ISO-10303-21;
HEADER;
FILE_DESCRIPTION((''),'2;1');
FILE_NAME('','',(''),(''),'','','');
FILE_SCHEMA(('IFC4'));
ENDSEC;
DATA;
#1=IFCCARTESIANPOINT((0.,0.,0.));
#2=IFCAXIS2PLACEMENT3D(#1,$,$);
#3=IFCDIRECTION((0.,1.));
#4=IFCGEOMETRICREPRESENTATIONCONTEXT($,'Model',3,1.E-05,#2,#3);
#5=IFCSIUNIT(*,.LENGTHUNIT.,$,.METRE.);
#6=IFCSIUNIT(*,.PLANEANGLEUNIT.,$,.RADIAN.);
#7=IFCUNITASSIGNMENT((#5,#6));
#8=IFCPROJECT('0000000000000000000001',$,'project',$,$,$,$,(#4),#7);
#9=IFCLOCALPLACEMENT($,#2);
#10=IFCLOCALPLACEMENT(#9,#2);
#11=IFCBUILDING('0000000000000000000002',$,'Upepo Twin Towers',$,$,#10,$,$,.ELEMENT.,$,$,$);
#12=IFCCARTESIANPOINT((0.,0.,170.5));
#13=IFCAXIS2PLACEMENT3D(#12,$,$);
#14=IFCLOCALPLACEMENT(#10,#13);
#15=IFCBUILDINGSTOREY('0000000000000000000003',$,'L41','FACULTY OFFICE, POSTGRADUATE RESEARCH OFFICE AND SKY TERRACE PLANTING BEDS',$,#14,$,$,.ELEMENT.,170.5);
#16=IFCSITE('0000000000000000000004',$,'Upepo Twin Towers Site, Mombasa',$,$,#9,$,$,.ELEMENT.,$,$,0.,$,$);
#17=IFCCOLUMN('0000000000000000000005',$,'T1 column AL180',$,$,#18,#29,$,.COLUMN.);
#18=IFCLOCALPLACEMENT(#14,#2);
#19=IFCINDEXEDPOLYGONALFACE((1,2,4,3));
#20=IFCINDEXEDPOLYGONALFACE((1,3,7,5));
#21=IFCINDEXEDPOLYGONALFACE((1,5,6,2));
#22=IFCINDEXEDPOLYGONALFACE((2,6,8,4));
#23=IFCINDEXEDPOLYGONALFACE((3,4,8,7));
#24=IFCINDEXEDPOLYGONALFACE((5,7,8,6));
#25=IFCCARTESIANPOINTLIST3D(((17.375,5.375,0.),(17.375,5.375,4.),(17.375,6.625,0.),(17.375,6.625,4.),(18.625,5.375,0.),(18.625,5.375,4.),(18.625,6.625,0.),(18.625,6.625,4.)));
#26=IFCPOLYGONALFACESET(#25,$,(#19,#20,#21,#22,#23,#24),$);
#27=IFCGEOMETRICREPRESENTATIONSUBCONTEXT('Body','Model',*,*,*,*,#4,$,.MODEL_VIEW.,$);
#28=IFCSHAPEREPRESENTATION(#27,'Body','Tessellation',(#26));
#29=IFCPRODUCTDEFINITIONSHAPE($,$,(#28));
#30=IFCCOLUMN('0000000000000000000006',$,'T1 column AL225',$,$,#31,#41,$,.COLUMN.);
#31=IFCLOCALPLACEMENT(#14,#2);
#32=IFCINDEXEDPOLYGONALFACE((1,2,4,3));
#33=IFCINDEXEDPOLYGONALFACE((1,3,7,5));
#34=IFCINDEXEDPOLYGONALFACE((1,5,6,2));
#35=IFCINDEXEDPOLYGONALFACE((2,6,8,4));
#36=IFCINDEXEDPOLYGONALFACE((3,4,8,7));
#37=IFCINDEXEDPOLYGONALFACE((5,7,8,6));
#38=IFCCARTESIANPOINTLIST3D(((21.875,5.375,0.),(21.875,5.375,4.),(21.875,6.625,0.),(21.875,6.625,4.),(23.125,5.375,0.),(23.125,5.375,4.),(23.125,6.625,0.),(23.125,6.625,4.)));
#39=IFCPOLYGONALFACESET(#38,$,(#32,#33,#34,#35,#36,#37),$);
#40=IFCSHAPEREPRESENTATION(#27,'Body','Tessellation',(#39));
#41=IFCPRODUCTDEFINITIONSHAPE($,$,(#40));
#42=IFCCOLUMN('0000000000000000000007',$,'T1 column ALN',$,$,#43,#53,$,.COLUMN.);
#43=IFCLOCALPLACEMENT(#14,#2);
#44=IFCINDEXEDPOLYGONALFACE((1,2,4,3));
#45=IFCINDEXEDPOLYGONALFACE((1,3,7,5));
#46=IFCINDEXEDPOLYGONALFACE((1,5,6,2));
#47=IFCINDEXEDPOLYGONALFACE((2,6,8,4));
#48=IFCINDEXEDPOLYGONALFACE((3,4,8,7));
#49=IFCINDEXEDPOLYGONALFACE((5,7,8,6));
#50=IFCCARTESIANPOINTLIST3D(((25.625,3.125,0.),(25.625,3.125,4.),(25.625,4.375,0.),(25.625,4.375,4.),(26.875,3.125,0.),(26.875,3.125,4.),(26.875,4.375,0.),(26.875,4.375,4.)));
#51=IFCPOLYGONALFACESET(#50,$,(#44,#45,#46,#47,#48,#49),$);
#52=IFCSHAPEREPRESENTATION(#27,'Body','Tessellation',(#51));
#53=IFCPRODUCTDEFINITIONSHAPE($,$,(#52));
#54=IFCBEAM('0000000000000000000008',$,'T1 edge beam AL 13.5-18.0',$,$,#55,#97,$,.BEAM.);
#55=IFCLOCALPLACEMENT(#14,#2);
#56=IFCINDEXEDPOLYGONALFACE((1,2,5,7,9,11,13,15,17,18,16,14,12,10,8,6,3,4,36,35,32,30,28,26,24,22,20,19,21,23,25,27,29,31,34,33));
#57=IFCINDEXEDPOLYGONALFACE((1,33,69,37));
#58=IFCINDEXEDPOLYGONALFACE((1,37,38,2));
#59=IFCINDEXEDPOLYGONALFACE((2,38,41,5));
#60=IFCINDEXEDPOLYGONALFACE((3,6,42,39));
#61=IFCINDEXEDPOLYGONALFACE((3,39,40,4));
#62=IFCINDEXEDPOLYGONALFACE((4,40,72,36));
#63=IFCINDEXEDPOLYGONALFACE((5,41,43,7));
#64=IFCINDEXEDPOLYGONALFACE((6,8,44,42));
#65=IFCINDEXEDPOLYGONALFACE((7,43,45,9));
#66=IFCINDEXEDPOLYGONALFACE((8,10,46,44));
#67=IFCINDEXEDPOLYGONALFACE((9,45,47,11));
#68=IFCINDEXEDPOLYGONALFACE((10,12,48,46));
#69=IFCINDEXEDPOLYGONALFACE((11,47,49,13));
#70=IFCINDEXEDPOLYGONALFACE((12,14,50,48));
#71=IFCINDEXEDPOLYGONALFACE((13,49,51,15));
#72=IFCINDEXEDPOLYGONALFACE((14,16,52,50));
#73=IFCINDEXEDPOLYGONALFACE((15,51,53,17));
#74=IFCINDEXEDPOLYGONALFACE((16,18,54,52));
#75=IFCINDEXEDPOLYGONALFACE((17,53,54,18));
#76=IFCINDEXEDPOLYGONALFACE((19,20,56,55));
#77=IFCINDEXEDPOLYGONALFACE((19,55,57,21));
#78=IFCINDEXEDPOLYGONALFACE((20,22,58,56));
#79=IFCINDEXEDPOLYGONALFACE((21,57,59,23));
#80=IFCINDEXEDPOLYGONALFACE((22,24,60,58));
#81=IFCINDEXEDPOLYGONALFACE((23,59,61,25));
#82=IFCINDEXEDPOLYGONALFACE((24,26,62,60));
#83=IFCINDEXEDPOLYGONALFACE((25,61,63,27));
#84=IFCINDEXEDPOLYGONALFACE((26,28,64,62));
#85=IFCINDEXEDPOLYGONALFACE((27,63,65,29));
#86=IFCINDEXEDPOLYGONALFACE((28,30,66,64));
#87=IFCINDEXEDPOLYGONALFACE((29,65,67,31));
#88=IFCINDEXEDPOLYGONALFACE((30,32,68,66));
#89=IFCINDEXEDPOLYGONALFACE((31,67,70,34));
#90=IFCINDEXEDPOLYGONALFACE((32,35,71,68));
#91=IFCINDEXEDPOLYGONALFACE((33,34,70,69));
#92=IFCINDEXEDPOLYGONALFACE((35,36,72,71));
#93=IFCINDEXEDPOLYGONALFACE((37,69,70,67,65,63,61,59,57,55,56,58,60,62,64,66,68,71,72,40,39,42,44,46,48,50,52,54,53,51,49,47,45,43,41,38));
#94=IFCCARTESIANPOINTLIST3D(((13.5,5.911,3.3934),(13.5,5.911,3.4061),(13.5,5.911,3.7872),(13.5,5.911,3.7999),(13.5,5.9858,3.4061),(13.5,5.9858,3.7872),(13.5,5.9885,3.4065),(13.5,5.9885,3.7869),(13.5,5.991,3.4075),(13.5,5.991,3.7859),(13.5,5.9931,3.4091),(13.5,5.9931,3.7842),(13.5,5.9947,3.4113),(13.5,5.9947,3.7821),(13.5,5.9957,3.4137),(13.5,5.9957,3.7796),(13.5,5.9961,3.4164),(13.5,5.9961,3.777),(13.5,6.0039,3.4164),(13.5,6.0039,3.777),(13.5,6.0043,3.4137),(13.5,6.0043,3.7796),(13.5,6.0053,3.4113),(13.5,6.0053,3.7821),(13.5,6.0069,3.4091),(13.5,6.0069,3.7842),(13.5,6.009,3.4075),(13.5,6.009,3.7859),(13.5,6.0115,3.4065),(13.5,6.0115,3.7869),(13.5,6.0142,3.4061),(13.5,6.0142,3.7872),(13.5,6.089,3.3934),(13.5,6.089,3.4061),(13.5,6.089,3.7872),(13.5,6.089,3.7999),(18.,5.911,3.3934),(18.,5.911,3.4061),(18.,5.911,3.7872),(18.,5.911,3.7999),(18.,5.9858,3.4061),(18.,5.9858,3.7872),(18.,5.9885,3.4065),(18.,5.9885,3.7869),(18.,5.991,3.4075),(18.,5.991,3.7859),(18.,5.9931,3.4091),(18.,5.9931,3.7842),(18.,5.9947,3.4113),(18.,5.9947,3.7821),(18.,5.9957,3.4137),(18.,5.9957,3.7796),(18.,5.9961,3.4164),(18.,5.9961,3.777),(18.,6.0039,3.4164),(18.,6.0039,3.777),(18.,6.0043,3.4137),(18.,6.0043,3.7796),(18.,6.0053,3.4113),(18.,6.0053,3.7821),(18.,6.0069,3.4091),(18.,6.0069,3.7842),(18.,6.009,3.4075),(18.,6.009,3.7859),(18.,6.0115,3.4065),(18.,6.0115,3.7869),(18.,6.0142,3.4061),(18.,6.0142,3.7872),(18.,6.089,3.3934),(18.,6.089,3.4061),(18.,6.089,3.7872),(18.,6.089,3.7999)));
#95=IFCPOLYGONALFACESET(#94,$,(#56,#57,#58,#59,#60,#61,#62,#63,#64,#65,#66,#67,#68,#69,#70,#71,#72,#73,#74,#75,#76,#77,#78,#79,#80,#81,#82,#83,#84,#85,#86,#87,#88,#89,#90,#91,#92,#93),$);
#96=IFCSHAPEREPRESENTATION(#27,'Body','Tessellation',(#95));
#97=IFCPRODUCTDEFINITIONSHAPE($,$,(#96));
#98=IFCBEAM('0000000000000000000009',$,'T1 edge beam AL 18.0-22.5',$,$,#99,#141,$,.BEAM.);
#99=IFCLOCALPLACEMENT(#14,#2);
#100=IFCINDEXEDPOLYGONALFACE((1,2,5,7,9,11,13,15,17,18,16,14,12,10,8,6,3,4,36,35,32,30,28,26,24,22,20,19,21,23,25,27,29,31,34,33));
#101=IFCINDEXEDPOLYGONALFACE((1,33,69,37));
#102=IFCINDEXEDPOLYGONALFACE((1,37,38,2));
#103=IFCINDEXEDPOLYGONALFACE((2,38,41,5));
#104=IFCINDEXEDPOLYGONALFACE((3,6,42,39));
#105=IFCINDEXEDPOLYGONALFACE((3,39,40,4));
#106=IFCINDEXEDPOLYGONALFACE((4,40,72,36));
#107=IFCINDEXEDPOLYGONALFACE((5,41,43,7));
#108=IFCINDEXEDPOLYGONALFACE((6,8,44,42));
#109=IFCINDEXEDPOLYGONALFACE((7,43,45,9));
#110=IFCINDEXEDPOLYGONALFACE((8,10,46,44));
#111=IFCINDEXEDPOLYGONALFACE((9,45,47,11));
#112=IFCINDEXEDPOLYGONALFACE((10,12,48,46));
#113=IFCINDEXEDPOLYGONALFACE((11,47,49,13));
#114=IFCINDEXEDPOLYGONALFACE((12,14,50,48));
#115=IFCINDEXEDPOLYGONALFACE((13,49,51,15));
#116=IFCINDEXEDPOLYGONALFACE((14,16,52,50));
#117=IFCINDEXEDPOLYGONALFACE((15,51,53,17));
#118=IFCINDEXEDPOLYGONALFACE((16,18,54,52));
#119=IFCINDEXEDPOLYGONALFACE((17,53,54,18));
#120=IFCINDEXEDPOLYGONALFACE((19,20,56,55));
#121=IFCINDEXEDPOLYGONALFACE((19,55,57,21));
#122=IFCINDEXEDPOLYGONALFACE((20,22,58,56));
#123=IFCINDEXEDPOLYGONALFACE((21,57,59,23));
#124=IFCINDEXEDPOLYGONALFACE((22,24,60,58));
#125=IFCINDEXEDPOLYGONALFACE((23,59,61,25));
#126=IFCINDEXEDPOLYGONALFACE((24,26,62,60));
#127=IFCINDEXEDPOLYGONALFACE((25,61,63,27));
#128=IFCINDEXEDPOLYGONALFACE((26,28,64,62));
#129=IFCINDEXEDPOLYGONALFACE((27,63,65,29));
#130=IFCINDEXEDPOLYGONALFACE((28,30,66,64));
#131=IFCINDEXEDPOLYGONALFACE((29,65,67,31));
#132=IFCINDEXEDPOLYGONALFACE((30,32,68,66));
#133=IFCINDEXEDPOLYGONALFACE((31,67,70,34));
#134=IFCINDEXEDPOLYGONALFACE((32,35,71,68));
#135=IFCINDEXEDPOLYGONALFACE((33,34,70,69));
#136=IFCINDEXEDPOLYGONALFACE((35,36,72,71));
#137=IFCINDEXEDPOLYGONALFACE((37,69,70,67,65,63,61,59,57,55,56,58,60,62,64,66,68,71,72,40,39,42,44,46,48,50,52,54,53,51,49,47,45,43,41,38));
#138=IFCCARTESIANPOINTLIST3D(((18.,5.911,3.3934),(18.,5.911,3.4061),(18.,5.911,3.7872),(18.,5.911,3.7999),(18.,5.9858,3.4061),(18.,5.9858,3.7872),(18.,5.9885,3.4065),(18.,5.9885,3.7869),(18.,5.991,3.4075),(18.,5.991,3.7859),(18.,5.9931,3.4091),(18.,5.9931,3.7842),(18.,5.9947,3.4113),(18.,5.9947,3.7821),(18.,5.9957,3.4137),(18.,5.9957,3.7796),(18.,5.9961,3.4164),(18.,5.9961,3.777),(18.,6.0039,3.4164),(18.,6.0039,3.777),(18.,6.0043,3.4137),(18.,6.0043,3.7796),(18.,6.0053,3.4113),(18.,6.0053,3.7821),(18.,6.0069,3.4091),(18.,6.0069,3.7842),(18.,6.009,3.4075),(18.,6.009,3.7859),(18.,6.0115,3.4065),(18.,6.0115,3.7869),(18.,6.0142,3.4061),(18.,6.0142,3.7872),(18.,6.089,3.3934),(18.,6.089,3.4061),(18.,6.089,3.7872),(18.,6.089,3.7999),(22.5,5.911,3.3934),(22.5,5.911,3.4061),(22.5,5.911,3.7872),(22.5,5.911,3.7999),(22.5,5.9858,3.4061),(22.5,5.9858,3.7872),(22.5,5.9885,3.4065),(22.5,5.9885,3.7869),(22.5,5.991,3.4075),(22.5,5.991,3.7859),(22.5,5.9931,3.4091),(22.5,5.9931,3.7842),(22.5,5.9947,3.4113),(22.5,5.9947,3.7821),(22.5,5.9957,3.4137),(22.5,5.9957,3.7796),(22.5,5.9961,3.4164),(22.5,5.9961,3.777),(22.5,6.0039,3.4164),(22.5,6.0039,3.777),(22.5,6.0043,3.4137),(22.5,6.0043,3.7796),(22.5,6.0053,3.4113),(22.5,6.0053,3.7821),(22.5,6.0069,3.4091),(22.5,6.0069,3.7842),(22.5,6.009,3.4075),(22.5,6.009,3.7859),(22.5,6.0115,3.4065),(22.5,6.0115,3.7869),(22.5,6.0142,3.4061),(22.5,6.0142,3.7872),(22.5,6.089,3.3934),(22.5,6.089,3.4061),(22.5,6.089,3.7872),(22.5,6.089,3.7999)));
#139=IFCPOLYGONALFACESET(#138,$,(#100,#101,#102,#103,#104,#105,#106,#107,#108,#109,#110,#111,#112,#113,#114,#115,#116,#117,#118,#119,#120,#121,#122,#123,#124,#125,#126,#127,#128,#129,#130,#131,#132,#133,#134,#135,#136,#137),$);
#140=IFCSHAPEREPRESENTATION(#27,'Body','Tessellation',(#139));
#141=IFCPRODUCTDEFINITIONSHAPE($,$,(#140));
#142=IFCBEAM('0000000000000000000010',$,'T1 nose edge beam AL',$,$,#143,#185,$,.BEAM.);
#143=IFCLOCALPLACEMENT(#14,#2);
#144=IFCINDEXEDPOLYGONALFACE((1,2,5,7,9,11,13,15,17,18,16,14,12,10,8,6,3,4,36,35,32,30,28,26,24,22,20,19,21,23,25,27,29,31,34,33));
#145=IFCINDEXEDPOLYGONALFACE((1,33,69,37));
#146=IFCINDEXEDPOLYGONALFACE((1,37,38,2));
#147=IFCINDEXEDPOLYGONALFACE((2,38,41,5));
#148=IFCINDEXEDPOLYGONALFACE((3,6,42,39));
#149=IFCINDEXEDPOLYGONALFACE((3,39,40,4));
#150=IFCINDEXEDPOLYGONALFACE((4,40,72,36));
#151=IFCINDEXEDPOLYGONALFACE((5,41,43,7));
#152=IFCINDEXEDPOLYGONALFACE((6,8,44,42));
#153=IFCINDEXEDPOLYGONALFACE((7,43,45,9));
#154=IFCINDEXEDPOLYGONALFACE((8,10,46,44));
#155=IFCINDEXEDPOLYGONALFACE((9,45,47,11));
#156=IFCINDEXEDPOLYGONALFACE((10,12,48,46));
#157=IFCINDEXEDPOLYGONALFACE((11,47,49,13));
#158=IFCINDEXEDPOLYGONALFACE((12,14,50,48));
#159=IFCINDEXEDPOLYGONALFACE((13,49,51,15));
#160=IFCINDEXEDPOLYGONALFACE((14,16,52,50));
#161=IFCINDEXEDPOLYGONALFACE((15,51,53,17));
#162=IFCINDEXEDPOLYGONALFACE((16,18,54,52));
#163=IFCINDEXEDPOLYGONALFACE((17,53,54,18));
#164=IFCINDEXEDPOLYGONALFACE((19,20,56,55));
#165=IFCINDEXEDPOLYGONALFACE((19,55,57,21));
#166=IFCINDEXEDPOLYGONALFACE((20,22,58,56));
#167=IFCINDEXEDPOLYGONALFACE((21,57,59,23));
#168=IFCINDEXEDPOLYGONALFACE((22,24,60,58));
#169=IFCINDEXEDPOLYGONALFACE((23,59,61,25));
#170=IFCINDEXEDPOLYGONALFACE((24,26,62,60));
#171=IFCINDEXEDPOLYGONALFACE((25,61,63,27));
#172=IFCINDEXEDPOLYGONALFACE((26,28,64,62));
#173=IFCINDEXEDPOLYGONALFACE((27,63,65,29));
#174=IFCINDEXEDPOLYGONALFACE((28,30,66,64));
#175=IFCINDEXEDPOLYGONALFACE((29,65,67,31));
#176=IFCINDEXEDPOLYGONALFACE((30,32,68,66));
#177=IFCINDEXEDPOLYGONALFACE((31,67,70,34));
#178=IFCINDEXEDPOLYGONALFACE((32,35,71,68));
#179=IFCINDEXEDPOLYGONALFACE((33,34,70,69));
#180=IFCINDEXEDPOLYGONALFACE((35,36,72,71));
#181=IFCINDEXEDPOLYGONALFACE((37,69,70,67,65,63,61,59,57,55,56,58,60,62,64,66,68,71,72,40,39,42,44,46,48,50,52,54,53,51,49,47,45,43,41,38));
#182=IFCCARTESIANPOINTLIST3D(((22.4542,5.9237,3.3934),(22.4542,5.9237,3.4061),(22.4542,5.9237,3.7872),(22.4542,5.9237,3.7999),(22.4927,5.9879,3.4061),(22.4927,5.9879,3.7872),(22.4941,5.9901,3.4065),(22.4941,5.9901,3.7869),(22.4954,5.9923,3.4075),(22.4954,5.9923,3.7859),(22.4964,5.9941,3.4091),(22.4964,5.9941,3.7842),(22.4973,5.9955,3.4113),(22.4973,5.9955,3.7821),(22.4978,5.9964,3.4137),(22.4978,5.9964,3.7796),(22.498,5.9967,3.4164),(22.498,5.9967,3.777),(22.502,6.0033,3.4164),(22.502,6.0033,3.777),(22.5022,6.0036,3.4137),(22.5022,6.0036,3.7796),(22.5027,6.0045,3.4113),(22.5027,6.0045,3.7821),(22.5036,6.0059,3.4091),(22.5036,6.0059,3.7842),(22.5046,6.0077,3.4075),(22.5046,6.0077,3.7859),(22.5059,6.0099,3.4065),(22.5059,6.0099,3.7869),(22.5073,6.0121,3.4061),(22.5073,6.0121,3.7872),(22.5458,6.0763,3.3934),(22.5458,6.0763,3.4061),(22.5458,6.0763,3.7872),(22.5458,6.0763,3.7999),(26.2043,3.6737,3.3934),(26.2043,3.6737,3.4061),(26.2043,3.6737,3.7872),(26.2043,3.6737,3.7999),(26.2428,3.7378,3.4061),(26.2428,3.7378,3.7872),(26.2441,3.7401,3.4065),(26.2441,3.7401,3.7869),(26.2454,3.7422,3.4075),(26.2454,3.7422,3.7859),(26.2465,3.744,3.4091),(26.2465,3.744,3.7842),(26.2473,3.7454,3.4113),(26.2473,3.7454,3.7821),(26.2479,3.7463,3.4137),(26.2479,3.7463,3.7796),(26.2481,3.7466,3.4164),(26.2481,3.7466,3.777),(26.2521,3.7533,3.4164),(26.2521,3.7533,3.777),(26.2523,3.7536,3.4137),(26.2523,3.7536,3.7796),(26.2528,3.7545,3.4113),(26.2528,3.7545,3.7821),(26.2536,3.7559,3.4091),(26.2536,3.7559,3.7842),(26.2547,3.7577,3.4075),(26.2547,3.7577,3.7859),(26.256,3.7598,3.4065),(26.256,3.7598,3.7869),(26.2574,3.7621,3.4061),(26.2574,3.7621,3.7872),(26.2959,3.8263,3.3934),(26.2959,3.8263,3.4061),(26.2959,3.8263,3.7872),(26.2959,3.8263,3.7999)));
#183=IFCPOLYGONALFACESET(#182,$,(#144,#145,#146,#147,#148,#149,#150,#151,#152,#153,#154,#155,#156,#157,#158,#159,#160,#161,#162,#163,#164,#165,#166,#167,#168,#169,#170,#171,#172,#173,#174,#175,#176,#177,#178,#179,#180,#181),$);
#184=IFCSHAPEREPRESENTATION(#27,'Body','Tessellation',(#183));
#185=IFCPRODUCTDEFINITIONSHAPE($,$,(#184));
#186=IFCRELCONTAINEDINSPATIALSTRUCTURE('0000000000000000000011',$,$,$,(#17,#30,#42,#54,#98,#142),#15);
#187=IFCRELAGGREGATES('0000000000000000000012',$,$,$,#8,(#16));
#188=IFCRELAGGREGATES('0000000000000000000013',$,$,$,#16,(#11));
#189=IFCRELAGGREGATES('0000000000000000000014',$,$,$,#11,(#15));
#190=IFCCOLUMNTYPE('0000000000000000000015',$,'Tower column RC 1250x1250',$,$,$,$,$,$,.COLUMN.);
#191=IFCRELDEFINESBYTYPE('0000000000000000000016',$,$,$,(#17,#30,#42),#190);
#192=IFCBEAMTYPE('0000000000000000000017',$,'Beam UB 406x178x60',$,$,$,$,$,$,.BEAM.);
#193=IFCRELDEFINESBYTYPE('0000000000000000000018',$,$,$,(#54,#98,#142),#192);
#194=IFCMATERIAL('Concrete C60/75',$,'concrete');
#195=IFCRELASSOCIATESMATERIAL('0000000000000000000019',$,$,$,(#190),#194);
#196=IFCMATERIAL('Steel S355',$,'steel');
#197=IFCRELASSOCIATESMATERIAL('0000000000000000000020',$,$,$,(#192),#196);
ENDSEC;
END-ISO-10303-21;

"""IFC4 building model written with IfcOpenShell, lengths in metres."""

from ifc_helpers import new_model, si_unit, direction, frame, origin, origin_2d, place, context, subcontext, project, spatial, rectangle, i_section, extrude, material, material_profile, profile_set, type_object, element, save


model = new_model("IFC4")

# Units and contexts
model_context = context("Model", 3, precision=1e-05, world=origin(), true_north=direction((0.0, 1.0)))
body_context = subcontext(model_context, "Body", "Model", "MODEL_VIEW")
ifc_project = project(units=[si_unit("LENGTHUNIT", "METRE"), si_unit("PLANEANGLEUNIT", "RADIAN")], contexts=[model_context])

# Site, building, storey
site_placement = place(None, origin())
site = spatial("IfcSite", under=ifc_project, at=site_placement, Name="Upepo Twin Towers Site, Mombasa", CompositionType="ELEMENT", RefElevation=0.0)
building_placement = place(site_placement, origin())
building = spatial("IfcBuilding", under=site, at=building_placement, Name="Upepo Twin Towers", CompositionType="ELEMENT")
storey_placement = place(building_placement, frame((0.0, 0.0, 170.5)))
storey = spatial("IfcBuildingStorey", under=building, at=storey_placement, Name="L41", Description="FACULTY OFFICE, POSTGRADUATE RESEARCH OFFICE AND SKY TERRACE PLANTING BEDS", CompositionType="ELEMENT", Elevation=170.5)

# Columns
ifc_material_1 = material(Name="Concrete C60/75", Category="concrete")
ifc_material_profile_1 = material_profile(ifc_material_1, rectangle(XDim=1.25, YDim=1.25, at=origin_2d()), Name="RC 1250x1250")
ifc_profile_set_1 = profile_set([ifc_material_profile_1], Name="Concrete C60/75")
column_type = type_object("IfcColumnType", Name="Tower column RC 1250x1250", PredefinedType="COLUMN", material=ifc_profile_set_1)
for number, where, z_axis, x_axis, name in (
    (1, (18.0, 6.0, 0.0), (0.0, 0.0, 1.0), (1.0, 0.0, 0.0), "T1 column AL180"),
    (2, (22.5, 6.0, 0.0), (0.0, 0.0, 1.0), (1.0, 0.0, 0.0), "T1 column AL225"),
    (3, (26.25, 3.75, 0.0), (0.0, 0.0, 1.0), (1.0, 0.0, 0.0), "T1 column ALN"),
):
    element("IfcColumn", number, at=place(storey_placement, frame(where, z_axis=z_axis, x_axis=x_axis)), inside=storey, type_object=column_type, Name=name, PredefinedType="COLUMN", context=body_context, shape_type="SweptSolid", body=[
        extrude(rectangle(XDim=1.25, YDim=1.25, at=origin_2d()), origin(), (0.0, 0.0, 1.0), 4.0),
    ])

# Beams
ifc_material_2 = material(Name="Steel S355", Category="steel")
ifc_material_profile_2 = material_profile(ifc_material_2, i_section(OverallWidth=0.178, OverallDepth=0.4065, WebThickness=0.0078, FlangeThickness=0.0127, FilletRadius=0.0103, at=origin_2d()), Name="UB 406x178x60")
ifc_profile_set_2 = profile_set([ifc_material_profile_2], Name="Steel S355")
beam_type_1 = type_object("IfcBeamType", Name="Beam UB 406x178x60", PredefinedType="BEAM", material=ifc_profile_set_2)
for number, where, z_axis, x_axis, name in (
    (4, (13.5, 6.0, 3.5967), (1.0, 0.0, 0.0), (0.0, 1.0, 0.0), "T1 edge beam AL 13.5-18.0"),
    (5, (18.0, 6.0, 3.5967), (1.0, 0.0, 0.0), (0.0, 1.0, 0.0), "T1 edge beam AL 18.0-22.5"),
):
    element("IfcBeam", number, at=place(storey_placement, frame(where, z_axis=z_axis, x_axis=x_axis)), inside=storey, type_object=beam_type_1, Name=name, PredefinedType="BEAM", context=body_context, shape_type="SweptSolid", body=[
        extrude(i_section(OverallWidth=0.178, OverallDepth=0.4065, WebThickness=0.0078, FlangeThickness=0.0127, FilletRadius=0.0103, at=origin_2d()), origin(), (0.0, 0.0, 1.0), 4.5),
    ])
beam_1_placement = place(storey_placement, frame((22.5, 6.0, 3.5967), z_axis=(0.857493, -0.514496, 0.0), x_axis=(0.514496, 0.857493, 0.0)))
element("IfcBeam", 6, at=beam_1_placement, inside=storey, type_object=beam_type_1, Name="T1 nose edge beam AL", PredefinedType="BEAM", context=body_context, shape_type="SweptSolid", body=[
    extrude(i_section(OverallWidth=0.178, OverallDepth=0.4065, WebThickness=0.0078, FlangeThickness=0.0127, FilletRadius=0.0103, at=origin_2d()), origin(), (0.0, 0.0, 1.0), 4.3733),
])

save(model, "model.ifc")
